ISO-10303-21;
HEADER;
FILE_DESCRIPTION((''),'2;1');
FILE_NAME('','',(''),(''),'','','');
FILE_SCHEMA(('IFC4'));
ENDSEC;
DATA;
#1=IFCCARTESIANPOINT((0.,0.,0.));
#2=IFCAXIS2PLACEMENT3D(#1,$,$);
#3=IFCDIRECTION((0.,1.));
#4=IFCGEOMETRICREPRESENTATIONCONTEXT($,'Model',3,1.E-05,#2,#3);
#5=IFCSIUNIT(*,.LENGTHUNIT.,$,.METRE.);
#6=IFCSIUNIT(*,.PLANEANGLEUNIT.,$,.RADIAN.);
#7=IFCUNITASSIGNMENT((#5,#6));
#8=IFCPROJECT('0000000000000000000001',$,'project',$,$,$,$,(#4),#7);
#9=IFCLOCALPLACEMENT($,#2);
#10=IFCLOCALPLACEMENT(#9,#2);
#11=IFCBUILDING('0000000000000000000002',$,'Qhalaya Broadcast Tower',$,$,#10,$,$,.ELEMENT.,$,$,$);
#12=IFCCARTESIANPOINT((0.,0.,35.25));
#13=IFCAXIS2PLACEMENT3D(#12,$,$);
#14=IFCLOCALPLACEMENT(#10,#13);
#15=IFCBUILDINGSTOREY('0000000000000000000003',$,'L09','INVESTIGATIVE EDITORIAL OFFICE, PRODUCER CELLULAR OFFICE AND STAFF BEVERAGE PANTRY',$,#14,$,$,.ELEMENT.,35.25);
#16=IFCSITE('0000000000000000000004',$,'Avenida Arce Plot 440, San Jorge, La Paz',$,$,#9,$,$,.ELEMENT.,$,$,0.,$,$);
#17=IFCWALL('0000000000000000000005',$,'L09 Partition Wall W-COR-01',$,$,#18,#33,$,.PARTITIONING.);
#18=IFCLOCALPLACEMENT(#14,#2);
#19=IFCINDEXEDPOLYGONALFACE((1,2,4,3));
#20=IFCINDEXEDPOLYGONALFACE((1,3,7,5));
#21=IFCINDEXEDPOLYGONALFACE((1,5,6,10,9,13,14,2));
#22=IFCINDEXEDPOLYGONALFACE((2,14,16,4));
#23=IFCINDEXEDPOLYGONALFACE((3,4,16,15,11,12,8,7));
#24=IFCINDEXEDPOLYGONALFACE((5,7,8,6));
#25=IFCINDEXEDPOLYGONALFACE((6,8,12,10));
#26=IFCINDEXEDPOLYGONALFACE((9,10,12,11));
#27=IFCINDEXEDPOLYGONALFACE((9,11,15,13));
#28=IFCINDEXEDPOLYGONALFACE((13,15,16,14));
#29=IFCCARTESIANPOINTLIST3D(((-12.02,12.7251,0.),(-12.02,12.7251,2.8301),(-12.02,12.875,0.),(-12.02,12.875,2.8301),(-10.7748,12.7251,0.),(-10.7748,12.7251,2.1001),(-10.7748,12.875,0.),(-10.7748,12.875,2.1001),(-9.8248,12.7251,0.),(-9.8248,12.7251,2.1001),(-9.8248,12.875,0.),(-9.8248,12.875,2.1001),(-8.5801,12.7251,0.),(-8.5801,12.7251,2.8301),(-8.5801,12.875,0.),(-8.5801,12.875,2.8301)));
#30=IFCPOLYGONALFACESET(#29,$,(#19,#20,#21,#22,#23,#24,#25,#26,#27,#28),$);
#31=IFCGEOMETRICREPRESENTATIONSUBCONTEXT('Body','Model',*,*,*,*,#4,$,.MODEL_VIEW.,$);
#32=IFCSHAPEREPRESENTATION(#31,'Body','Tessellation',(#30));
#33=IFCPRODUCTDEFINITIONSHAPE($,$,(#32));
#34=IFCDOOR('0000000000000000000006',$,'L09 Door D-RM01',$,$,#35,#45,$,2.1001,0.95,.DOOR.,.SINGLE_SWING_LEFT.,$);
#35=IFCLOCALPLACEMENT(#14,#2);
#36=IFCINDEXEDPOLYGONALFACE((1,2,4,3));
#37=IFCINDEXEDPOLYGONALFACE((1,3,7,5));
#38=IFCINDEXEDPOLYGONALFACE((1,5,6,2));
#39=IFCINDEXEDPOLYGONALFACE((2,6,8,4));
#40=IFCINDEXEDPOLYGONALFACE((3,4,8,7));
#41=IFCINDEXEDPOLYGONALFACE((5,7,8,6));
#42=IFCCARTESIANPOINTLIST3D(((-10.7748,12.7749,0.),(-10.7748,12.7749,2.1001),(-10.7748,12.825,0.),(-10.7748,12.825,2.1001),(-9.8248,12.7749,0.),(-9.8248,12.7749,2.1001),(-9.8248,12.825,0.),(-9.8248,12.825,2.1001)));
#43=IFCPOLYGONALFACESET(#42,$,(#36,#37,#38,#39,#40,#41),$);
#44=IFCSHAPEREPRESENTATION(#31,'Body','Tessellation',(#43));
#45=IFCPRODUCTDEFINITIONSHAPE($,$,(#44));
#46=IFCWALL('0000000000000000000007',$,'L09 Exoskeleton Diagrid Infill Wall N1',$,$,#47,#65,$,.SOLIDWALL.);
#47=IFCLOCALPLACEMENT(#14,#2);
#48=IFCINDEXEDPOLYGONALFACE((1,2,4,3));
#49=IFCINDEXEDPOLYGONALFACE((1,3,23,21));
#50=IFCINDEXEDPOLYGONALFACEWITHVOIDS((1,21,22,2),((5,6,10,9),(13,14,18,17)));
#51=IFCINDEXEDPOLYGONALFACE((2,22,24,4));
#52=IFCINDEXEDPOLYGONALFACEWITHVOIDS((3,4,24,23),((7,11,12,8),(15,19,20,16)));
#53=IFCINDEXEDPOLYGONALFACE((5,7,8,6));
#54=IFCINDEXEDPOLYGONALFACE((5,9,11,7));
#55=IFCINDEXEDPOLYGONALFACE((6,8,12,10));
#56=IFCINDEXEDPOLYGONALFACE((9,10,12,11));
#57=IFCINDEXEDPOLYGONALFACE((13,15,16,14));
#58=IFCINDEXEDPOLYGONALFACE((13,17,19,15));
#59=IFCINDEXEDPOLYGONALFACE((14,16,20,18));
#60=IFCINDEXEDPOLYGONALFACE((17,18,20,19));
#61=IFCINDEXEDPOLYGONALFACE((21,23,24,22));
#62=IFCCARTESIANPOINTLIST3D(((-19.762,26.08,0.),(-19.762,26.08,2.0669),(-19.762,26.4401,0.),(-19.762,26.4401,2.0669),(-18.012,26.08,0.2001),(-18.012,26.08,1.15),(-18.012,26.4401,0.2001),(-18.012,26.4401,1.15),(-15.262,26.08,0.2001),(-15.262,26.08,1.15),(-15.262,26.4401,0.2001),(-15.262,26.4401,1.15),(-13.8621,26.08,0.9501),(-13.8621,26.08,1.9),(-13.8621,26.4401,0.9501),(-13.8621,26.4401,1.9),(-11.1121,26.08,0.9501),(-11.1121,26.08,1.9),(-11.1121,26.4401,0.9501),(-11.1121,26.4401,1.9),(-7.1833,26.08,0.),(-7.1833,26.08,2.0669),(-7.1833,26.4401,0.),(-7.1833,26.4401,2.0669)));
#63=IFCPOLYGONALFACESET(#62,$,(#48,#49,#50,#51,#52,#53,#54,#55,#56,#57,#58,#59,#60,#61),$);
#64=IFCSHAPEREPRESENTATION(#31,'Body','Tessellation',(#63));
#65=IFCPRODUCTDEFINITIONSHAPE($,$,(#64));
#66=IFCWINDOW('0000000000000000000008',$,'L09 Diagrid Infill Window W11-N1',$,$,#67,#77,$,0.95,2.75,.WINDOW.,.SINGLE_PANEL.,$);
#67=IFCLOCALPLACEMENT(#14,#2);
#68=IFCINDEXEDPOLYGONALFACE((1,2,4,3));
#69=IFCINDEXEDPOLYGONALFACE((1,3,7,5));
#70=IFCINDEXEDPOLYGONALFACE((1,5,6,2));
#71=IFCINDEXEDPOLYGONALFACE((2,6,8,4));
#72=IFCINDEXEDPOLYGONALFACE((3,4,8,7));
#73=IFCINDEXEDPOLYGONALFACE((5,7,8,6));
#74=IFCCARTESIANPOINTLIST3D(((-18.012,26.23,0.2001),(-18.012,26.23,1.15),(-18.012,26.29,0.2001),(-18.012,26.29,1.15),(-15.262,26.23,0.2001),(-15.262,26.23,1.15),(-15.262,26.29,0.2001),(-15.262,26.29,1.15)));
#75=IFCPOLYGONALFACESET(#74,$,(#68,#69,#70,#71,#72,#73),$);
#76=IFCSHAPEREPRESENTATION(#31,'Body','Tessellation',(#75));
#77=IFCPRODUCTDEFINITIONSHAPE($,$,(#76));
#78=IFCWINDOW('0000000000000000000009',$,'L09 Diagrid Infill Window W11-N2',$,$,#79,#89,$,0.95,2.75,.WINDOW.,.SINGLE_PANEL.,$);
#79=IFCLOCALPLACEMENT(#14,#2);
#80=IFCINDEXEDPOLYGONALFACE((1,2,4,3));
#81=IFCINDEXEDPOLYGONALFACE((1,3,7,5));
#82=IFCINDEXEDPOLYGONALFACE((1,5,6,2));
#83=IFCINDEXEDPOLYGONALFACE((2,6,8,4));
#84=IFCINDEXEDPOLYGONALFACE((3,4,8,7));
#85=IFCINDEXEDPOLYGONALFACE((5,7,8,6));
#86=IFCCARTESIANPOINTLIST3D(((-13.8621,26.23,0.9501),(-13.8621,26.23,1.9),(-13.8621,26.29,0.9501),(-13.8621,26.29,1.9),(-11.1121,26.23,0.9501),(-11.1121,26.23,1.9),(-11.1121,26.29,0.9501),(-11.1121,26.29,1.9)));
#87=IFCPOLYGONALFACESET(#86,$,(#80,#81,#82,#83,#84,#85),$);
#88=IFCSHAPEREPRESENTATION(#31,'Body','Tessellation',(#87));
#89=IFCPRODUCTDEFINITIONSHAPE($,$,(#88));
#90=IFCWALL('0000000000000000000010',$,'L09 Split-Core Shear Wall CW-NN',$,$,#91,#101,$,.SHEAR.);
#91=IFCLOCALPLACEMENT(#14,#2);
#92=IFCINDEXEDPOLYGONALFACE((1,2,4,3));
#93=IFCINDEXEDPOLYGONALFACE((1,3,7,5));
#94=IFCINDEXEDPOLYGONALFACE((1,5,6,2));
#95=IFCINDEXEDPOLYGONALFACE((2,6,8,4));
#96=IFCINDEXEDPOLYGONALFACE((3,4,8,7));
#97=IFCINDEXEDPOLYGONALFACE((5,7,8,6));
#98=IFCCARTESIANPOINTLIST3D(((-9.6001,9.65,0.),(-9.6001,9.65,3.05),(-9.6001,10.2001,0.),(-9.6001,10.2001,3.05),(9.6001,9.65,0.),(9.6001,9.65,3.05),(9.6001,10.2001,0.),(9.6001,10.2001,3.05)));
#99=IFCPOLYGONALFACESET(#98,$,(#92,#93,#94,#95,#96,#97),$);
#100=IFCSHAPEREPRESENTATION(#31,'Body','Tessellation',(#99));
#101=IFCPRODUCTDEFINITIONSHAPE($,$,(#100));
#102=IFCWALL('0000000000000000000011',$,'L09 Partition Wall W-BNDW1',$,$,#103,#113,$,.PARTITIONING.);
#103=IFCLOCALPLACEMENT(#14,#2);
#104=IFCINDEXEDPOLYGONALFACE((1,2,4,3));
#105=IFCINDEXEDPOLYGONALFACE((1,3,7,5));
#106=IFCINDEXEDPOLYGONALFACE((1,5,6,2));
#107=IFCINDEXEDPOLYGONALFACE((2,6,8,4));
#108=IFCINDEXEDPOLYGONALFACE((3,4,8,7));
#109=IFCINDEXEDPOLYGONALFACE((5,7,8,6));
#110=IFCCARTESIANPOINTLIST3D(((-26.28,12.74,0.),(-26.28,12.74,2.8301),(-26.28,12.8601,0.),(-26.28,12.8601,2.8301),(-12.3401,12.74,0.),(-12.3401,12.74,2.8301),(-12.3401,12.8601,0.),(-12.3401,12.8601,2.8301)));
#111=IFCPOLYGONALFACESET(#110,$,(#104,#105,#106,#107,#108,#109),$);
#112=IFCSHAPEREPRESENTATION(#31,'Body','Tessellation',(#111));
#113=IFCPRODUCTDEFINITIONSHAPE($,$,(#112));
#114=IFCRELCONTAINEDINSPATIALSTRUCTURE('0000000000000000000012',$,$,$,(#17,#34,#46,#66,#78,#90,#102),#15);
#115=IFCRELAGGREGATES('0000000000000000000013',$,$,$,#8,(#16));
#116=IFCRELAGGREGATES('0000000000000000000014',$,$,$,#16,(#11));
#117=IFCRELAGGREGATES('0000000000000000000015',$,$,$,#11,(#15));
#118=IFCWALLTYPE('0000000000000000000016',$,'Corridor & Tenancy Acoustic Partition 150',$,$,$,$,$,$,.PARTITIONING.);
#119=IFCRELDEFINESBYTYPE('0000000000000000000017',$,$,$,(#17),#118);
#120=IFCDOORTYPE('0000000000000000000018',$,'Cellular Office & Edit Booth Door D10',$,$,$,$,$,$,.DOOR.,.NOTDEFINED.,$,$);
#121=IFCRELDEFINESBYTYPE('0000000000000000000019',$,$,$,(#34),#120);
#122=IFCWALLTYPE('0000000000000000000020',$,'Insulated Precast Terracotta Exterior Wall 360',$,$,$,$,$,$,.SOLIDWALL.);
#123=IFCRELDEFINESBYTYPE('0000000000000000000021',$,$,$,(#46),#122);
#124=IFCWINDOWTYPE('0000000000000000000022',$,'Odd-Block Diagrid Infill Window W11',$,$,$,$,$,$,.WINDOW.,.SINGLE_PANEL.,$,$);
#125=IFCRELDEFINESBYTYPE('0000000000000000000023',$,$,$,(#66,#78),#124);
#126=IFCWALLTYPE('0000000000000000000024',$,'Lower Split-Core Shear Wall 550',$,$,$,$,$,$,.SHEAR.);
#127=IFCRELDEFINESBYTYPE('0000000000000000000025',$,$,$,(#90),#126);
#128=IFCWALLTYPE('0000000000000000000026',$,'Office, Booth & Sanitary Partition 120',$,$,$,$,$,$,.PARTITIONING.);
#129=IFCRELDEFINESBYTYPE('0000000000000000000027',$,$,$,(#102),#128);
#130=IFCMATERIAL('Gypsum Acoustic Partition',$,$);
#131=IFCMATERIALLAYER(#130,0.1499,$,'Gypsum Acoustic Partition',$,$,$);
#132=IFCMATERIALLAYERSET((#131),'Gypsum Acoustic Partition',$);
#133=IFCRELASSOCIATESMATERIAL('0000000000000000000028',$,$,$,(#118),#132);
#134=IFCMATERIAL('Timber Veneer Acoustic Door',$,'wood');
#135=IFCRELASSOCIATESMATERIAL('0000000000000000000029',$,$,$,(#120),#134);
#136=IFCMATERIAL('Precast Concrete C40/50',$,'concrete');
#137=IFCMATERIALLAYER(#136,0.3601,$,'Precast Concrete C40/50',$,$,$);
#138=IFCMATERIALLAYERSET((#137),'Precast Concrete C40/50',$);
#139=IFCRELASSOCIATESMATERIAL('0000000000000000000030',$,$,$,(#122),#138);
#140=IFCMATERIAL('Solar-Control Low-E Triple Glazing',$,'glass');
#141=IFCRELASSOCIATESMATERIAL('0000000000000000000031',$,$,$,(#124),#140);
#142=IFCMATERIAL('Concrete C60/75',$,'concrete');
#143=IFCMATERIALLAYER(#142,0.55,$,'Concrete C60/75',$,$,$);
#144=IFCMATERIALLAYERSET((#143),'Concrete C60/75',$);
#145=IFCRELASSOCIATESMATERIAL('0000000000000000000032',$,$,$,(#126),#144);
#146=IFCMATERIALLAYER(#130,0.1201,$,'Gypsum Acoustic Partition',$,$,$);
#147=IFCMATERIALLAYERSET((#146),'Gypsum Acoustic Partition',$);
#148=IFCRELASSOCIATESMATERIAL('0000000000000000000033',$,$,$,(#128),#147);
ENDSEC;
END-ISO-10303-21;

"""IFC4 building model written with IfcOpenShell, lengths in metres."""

from ifc_helpers import new_model, si_unit, direction, frame, frame_2d, origin, place, context, subcontext, project, spatial, rectangle, extrude, material, layer, layer_set, type_object, element, fill, save


model = new_model("IFC4")

# Units and contexts
model_context = context("Model", 3, precision=1e-05, world=origin(), true_north=direction((0.0, 1.0)))
body_context = subcontext(model_context, "Body", "Model", "MODEL_VIEW")
ifc_project = project(units=[si_unit("LENGTHUNIT", "METRE"), si_unit("PLANEANGLEUNIT", "RADIAN")], contexts=[model_context])

# Site, building, storey
site_placement = place(None, origin())
site = spatial("IfcSite", under=ifc_project, at=site_placement, Name="Avenida Arce Plot 440, San Jorge, La Paz", CompositionType="ELEMENT", RefElevation=0.0)
building_placement = place(site_placement, origin())
building = spatial("IfcBuilding", under=site, at=building_placement, Name="Qhalaya Broadcast Tower", CompositionType="ELEMENT")
storey_placement = place(building_placement, frame((0.0, 0.0, 35.25)))
storey = spatial("IfcBuildingStorey", under=building, at=storey_placement, Name="L09", Description="INVESTIGATIVE EDITORIAL OFFICE, PRODUCER CELLULAR OFFICE AND STAFF BEVERAGE PANTRY", CompositionType="ELEMENT", Elevation=35.25)

# Wall, opening, door
ifc_material_1 = material(Name="Gypsum Acoustic Partition")
ifc_layer_1 = layer(ifc_material_1, 0.1499, Name="Gypsum Acoustic Partition")
ifc_layer_set_1 = layer_set([ifc_layer_1], Name="Gypsum Acoustic Partition")
wall_type_1 = type_object("IfcWallType", Name="Corridor & Tenancy Acoustic Partition 150", PredefinedType="PARTITIONING", material=ifc_layer_set_1)
wall_1_placement = place(storey_placement, frame((-12.02, 12.8, 0.0), z_axis=(0.0, 0.0, 1.0), x_axis=(1.0, 0.0, 0.0)))
wall_1 = element("IfcWall", 1, at=wall_1_placement, inside=storey, type_object=wall_type_1, Name="L09 Partition Wall W-COR-01", PredefinedType="PARTITIONING", context=body_context, shape_type="SweptSolid", body=[
    extrude(rectangle(XDim=3.4399, YDim=0.1499, at=frame_2d((1.72, 0.0))), origin(), (0.0, 0.0, 1.0), 2.8301),
])
opening_1_placement = place(wall_1_placement, frame((1.2451, 0.0, 0.0)))
opening_1 = element("IfcOpeningElement", 2, at=opening_1_placement, cuts=wall_1, PredefinedType="OPENING", context=body_context, shape_type="SweptSolid", body=[
    extrude(rectangle(XDim=0.95, YDim=2.1001, at=frame_2d((0.4751, 1.05))), frame((0.0, 0.0869, 0.0), z_axis=(0.0, -1.0, 0.0), x_axis=(1.0, 0.0, 0.0)), (0.0, 0.0, 1.0), 0.1738),
])
ifc_material_2 = material(Name="Timber Veneer Acoustic Door", Category="wood")
door_type = type_object("IfcDoorType", Name="Cellular Office & Edit Booth Door D10", OperationType="NOTDEFINED", PredefinedType="DOOR", material=ifc_material_2)
door_placement = place(opening_1_placement, origin())
door = element("IfcDoor", 3, at=door_placement, inside=storey, type_object=door_type, Name="L09 Door D-RM01", OperationType="SINGLE_SWING_LEFT", OverallHeight=2.1001, OverallWidth=0.95, PredefinedType="DOOR", context=body_context, shape_type="SweptSolid", body=[
    extrude(rectangle(XDim=0.95, YDim=2.1001, at=frame_2d((0.4751, 1.05))), frame((0.0, 0.0249, 0.0), z_axis=(0.0, -1.0, 0.0), x_axis=(1.0, 0.0, 0.0)), (0.0, 0.0, 1.0), 0.05),
])
fill(opening_1, door)

# Wall, openings, windows
ifc_material_3 = material(Name="Precast Concrete C40/50", Category="concrete")
ifc_layer_2 = layer(ifc_material_3, 0.3601, Name="Precast Concrete C40/50")
ifc_layer_set_2 = layer_set([ifc_layer_2], Name="Precast Concrete C40/50")
wall_type_2 = type_object("IfcWallType", Name="Insulated Precast Terracotta Exterior Wall 360", PredefinedType="SOLIDWALL", material=ifc_layer_set_2)
wall_2_placement = place(storey_placement, frame((-19.762, 26.26, 0.0), z_axis=(0.0, 0.0, 1.0), x_axis=(1.0, 0.0, 0.0)))
wall_2 = element("IfcWall", 4, at=wall_2_placement, inside=storey, type_object=wall_type_2, Name="L09 Exoskeleton Diagrid Infill Wall N1", PredefinedType="SOLIDWALL", context=body_context, shape_type="SweptSolid", body=[
    extrude(rectangle(XDim=12.5786, YDim=0.3601, at=frame_2d((6.2893, 0.0))), origin(), (0.0, 0.0, 1.0), 2.0669),
])
opening_2_placement = place(wall_2_placement, frame((1.75, 0.0, 0.2)))
opening_2 = element("IfcOpeningElement", 5, at=opening_2_placement, cuts=wall_2, PredefinedType="OPENING", context=body_context, shape_type="SweptSolid", body=[
    extrude(rectangle(XDim=2.75, YDim=0.95, at=frame_2d((1.375, 0.4751))), frame((0.0, 0.1921, 0.0), z_axis=(0.0, -1.0, 0.0), x_axis=(1.0, 0.0, 0.0)), (0.0, 0.0, 1.0), 0.384),
])
opening_3_placement = place(wall_2_placement, frame((5.8999, 0.0, 0.95)))
opening_3 = element("IfcOpeningElement", 6, at=opening_3_placement, cuts=wall_2, PredefinedType="OPENING", context=body_context, shape_type="SweptSolid", body=[
    extrude(rectangle(XDim=2.75, YDim=0.95, at=frame_2d((1.375, 0.4751))), frame((0.0, 0.1921, 0.0), z_axis=(0.0, -1.0, 0.0), x_axis=(1.0, 0.0, 0.0)), (0.0, 0.0, 1.0), 0.384),
])
ifc_material_4 = material(Name="Solar-Control Low-E Triple Glazing", Category="glass")
window_type = type_object("IfcWindowType", Name="Odd-Block Diagrid Infill Window W11", PartitioningType="SINGLE_PANEL", PredefinedType="WINDOW", material=ifc_material_4)
window_1_placement = place(opening_2_placement, origin())
window_1 = element("IfcWindow", 7, at=window_1_placement, inside=storey, type_object=window_type, Name="L09 Diagrid Infill Window W11-N1", OverallHeight=0.95, OverallWidth=2.75, PartitioningType="SINGLE_PANEL", PredefinedType="WINDOW", context=body_context, shape_type="SweptSolid", body=[
    extrude(rectangle(XDim=2.75, YDim=0.95, at=frame_2d((1.375, 0.4751))), frame((0.0, 0.03, 0.0), z_axis=(0.0, -1.0, 0.0), x_axis=(1.0, 0.0, 0.0)), (0.0, 0.0, 1.0), 0.0601),
])
fill(opening_2, window_1)
window_2_placement = place(opening_3_placement, origin())
window_2 = element("IfcWindow", 8, at=window_2_placement, inside=storey, type_object=window_type, Name="L09 Diagrid Infill Window W11-N2", OverallHeight=0.95, OverallWidth=2.75, PartitioningType="SINGLE_PANEL", PredefinedType="WINDOW", context=body_context, shape_type="SweptSolid", body=[
    extrude(rectangle(XDim=2.75, YDim=0.95, at=frame_2d((1.375, 0.4751))), frame((0.0, 0.03, 0.0), z_axis=(0.0, -1.0, 0.0), x_axis=(1.0, 0.0, 0.0)), (0.0, 0.0, 1.0), 0.0601),
])
fill(opening_3, window_2)

# Walls
ifc_material_5 = material(Name="Concrete C60/75", Category="concrete")
ifc_layer_3 = layer(ifc_material_5, 0.55, Name="Concrete C60/75")
ifc_layer_set_3 = layer_set([ifc_layer_3], Name="Concrete C60/75")
wall_type_3 = type_object("IfcWallType", Name="Lower Split-Core Shear Wall 550", PredefinedType="SHEAR", material=ifc_layer_set_3)
wall_3_placement = place(storey_placement, frame((-9.6001, 9.925, 0.0), z_axis=(0.0, 0.0, 1.0), x_axis=(1.0, 0.0, 0.0)))
element("IfcWall", 9, at=wall_3_placement, inside=storey, type_object=wall_type_3, Name="L09 Split-Core Shear Wall CW-NN", PredefinedType="SHEAR", context=body_context, shape_type="SweptSolid", body=[
    extrude(rectangle(XDim=19.2002, YDim=0.55, at=frame_2d((9.6001, 0.0))), origin(), (0.0, 0.0, 1.0), 3.05),
])
ifc_layer_4 = layer(ifc_material_1, 0.1201, Name="Gypsum Acoustic Partition")
ifc_layer_set_4 = layer_set([ifc_layer_4], Name="Gypsum Acoustic Partition")
wall_type_4 = type_object("IfcWallType", Name="Office, Booth & Sanitary Partition 120", PredefinedType="PARTITIONING", material=ifc_layer_set_4)
wall_4_placement = place(storey_placement, frame((-26.28, 12.8, 0.0), z_axis=(0.0, 0.0, 1.0), x_axis=(1.0, 0.0, 0.0)))
element("IfcWall", 10, at=wall_4_placement, inside=storey, type_object=wall_type_4, Name="L09 Partition Wall W-BNDW1", PredefinedType="PARTITIONING", context=body_context, shape_type="SweptSolid", body=[
    extrude(rectangle(XDim=13.9399, YDim=0.1201, at=frame_2d((6.97, 0.0))), origin(), (0.0, 0.0, 1.0), 2.8301),
])

save(model, "model.ifc")
